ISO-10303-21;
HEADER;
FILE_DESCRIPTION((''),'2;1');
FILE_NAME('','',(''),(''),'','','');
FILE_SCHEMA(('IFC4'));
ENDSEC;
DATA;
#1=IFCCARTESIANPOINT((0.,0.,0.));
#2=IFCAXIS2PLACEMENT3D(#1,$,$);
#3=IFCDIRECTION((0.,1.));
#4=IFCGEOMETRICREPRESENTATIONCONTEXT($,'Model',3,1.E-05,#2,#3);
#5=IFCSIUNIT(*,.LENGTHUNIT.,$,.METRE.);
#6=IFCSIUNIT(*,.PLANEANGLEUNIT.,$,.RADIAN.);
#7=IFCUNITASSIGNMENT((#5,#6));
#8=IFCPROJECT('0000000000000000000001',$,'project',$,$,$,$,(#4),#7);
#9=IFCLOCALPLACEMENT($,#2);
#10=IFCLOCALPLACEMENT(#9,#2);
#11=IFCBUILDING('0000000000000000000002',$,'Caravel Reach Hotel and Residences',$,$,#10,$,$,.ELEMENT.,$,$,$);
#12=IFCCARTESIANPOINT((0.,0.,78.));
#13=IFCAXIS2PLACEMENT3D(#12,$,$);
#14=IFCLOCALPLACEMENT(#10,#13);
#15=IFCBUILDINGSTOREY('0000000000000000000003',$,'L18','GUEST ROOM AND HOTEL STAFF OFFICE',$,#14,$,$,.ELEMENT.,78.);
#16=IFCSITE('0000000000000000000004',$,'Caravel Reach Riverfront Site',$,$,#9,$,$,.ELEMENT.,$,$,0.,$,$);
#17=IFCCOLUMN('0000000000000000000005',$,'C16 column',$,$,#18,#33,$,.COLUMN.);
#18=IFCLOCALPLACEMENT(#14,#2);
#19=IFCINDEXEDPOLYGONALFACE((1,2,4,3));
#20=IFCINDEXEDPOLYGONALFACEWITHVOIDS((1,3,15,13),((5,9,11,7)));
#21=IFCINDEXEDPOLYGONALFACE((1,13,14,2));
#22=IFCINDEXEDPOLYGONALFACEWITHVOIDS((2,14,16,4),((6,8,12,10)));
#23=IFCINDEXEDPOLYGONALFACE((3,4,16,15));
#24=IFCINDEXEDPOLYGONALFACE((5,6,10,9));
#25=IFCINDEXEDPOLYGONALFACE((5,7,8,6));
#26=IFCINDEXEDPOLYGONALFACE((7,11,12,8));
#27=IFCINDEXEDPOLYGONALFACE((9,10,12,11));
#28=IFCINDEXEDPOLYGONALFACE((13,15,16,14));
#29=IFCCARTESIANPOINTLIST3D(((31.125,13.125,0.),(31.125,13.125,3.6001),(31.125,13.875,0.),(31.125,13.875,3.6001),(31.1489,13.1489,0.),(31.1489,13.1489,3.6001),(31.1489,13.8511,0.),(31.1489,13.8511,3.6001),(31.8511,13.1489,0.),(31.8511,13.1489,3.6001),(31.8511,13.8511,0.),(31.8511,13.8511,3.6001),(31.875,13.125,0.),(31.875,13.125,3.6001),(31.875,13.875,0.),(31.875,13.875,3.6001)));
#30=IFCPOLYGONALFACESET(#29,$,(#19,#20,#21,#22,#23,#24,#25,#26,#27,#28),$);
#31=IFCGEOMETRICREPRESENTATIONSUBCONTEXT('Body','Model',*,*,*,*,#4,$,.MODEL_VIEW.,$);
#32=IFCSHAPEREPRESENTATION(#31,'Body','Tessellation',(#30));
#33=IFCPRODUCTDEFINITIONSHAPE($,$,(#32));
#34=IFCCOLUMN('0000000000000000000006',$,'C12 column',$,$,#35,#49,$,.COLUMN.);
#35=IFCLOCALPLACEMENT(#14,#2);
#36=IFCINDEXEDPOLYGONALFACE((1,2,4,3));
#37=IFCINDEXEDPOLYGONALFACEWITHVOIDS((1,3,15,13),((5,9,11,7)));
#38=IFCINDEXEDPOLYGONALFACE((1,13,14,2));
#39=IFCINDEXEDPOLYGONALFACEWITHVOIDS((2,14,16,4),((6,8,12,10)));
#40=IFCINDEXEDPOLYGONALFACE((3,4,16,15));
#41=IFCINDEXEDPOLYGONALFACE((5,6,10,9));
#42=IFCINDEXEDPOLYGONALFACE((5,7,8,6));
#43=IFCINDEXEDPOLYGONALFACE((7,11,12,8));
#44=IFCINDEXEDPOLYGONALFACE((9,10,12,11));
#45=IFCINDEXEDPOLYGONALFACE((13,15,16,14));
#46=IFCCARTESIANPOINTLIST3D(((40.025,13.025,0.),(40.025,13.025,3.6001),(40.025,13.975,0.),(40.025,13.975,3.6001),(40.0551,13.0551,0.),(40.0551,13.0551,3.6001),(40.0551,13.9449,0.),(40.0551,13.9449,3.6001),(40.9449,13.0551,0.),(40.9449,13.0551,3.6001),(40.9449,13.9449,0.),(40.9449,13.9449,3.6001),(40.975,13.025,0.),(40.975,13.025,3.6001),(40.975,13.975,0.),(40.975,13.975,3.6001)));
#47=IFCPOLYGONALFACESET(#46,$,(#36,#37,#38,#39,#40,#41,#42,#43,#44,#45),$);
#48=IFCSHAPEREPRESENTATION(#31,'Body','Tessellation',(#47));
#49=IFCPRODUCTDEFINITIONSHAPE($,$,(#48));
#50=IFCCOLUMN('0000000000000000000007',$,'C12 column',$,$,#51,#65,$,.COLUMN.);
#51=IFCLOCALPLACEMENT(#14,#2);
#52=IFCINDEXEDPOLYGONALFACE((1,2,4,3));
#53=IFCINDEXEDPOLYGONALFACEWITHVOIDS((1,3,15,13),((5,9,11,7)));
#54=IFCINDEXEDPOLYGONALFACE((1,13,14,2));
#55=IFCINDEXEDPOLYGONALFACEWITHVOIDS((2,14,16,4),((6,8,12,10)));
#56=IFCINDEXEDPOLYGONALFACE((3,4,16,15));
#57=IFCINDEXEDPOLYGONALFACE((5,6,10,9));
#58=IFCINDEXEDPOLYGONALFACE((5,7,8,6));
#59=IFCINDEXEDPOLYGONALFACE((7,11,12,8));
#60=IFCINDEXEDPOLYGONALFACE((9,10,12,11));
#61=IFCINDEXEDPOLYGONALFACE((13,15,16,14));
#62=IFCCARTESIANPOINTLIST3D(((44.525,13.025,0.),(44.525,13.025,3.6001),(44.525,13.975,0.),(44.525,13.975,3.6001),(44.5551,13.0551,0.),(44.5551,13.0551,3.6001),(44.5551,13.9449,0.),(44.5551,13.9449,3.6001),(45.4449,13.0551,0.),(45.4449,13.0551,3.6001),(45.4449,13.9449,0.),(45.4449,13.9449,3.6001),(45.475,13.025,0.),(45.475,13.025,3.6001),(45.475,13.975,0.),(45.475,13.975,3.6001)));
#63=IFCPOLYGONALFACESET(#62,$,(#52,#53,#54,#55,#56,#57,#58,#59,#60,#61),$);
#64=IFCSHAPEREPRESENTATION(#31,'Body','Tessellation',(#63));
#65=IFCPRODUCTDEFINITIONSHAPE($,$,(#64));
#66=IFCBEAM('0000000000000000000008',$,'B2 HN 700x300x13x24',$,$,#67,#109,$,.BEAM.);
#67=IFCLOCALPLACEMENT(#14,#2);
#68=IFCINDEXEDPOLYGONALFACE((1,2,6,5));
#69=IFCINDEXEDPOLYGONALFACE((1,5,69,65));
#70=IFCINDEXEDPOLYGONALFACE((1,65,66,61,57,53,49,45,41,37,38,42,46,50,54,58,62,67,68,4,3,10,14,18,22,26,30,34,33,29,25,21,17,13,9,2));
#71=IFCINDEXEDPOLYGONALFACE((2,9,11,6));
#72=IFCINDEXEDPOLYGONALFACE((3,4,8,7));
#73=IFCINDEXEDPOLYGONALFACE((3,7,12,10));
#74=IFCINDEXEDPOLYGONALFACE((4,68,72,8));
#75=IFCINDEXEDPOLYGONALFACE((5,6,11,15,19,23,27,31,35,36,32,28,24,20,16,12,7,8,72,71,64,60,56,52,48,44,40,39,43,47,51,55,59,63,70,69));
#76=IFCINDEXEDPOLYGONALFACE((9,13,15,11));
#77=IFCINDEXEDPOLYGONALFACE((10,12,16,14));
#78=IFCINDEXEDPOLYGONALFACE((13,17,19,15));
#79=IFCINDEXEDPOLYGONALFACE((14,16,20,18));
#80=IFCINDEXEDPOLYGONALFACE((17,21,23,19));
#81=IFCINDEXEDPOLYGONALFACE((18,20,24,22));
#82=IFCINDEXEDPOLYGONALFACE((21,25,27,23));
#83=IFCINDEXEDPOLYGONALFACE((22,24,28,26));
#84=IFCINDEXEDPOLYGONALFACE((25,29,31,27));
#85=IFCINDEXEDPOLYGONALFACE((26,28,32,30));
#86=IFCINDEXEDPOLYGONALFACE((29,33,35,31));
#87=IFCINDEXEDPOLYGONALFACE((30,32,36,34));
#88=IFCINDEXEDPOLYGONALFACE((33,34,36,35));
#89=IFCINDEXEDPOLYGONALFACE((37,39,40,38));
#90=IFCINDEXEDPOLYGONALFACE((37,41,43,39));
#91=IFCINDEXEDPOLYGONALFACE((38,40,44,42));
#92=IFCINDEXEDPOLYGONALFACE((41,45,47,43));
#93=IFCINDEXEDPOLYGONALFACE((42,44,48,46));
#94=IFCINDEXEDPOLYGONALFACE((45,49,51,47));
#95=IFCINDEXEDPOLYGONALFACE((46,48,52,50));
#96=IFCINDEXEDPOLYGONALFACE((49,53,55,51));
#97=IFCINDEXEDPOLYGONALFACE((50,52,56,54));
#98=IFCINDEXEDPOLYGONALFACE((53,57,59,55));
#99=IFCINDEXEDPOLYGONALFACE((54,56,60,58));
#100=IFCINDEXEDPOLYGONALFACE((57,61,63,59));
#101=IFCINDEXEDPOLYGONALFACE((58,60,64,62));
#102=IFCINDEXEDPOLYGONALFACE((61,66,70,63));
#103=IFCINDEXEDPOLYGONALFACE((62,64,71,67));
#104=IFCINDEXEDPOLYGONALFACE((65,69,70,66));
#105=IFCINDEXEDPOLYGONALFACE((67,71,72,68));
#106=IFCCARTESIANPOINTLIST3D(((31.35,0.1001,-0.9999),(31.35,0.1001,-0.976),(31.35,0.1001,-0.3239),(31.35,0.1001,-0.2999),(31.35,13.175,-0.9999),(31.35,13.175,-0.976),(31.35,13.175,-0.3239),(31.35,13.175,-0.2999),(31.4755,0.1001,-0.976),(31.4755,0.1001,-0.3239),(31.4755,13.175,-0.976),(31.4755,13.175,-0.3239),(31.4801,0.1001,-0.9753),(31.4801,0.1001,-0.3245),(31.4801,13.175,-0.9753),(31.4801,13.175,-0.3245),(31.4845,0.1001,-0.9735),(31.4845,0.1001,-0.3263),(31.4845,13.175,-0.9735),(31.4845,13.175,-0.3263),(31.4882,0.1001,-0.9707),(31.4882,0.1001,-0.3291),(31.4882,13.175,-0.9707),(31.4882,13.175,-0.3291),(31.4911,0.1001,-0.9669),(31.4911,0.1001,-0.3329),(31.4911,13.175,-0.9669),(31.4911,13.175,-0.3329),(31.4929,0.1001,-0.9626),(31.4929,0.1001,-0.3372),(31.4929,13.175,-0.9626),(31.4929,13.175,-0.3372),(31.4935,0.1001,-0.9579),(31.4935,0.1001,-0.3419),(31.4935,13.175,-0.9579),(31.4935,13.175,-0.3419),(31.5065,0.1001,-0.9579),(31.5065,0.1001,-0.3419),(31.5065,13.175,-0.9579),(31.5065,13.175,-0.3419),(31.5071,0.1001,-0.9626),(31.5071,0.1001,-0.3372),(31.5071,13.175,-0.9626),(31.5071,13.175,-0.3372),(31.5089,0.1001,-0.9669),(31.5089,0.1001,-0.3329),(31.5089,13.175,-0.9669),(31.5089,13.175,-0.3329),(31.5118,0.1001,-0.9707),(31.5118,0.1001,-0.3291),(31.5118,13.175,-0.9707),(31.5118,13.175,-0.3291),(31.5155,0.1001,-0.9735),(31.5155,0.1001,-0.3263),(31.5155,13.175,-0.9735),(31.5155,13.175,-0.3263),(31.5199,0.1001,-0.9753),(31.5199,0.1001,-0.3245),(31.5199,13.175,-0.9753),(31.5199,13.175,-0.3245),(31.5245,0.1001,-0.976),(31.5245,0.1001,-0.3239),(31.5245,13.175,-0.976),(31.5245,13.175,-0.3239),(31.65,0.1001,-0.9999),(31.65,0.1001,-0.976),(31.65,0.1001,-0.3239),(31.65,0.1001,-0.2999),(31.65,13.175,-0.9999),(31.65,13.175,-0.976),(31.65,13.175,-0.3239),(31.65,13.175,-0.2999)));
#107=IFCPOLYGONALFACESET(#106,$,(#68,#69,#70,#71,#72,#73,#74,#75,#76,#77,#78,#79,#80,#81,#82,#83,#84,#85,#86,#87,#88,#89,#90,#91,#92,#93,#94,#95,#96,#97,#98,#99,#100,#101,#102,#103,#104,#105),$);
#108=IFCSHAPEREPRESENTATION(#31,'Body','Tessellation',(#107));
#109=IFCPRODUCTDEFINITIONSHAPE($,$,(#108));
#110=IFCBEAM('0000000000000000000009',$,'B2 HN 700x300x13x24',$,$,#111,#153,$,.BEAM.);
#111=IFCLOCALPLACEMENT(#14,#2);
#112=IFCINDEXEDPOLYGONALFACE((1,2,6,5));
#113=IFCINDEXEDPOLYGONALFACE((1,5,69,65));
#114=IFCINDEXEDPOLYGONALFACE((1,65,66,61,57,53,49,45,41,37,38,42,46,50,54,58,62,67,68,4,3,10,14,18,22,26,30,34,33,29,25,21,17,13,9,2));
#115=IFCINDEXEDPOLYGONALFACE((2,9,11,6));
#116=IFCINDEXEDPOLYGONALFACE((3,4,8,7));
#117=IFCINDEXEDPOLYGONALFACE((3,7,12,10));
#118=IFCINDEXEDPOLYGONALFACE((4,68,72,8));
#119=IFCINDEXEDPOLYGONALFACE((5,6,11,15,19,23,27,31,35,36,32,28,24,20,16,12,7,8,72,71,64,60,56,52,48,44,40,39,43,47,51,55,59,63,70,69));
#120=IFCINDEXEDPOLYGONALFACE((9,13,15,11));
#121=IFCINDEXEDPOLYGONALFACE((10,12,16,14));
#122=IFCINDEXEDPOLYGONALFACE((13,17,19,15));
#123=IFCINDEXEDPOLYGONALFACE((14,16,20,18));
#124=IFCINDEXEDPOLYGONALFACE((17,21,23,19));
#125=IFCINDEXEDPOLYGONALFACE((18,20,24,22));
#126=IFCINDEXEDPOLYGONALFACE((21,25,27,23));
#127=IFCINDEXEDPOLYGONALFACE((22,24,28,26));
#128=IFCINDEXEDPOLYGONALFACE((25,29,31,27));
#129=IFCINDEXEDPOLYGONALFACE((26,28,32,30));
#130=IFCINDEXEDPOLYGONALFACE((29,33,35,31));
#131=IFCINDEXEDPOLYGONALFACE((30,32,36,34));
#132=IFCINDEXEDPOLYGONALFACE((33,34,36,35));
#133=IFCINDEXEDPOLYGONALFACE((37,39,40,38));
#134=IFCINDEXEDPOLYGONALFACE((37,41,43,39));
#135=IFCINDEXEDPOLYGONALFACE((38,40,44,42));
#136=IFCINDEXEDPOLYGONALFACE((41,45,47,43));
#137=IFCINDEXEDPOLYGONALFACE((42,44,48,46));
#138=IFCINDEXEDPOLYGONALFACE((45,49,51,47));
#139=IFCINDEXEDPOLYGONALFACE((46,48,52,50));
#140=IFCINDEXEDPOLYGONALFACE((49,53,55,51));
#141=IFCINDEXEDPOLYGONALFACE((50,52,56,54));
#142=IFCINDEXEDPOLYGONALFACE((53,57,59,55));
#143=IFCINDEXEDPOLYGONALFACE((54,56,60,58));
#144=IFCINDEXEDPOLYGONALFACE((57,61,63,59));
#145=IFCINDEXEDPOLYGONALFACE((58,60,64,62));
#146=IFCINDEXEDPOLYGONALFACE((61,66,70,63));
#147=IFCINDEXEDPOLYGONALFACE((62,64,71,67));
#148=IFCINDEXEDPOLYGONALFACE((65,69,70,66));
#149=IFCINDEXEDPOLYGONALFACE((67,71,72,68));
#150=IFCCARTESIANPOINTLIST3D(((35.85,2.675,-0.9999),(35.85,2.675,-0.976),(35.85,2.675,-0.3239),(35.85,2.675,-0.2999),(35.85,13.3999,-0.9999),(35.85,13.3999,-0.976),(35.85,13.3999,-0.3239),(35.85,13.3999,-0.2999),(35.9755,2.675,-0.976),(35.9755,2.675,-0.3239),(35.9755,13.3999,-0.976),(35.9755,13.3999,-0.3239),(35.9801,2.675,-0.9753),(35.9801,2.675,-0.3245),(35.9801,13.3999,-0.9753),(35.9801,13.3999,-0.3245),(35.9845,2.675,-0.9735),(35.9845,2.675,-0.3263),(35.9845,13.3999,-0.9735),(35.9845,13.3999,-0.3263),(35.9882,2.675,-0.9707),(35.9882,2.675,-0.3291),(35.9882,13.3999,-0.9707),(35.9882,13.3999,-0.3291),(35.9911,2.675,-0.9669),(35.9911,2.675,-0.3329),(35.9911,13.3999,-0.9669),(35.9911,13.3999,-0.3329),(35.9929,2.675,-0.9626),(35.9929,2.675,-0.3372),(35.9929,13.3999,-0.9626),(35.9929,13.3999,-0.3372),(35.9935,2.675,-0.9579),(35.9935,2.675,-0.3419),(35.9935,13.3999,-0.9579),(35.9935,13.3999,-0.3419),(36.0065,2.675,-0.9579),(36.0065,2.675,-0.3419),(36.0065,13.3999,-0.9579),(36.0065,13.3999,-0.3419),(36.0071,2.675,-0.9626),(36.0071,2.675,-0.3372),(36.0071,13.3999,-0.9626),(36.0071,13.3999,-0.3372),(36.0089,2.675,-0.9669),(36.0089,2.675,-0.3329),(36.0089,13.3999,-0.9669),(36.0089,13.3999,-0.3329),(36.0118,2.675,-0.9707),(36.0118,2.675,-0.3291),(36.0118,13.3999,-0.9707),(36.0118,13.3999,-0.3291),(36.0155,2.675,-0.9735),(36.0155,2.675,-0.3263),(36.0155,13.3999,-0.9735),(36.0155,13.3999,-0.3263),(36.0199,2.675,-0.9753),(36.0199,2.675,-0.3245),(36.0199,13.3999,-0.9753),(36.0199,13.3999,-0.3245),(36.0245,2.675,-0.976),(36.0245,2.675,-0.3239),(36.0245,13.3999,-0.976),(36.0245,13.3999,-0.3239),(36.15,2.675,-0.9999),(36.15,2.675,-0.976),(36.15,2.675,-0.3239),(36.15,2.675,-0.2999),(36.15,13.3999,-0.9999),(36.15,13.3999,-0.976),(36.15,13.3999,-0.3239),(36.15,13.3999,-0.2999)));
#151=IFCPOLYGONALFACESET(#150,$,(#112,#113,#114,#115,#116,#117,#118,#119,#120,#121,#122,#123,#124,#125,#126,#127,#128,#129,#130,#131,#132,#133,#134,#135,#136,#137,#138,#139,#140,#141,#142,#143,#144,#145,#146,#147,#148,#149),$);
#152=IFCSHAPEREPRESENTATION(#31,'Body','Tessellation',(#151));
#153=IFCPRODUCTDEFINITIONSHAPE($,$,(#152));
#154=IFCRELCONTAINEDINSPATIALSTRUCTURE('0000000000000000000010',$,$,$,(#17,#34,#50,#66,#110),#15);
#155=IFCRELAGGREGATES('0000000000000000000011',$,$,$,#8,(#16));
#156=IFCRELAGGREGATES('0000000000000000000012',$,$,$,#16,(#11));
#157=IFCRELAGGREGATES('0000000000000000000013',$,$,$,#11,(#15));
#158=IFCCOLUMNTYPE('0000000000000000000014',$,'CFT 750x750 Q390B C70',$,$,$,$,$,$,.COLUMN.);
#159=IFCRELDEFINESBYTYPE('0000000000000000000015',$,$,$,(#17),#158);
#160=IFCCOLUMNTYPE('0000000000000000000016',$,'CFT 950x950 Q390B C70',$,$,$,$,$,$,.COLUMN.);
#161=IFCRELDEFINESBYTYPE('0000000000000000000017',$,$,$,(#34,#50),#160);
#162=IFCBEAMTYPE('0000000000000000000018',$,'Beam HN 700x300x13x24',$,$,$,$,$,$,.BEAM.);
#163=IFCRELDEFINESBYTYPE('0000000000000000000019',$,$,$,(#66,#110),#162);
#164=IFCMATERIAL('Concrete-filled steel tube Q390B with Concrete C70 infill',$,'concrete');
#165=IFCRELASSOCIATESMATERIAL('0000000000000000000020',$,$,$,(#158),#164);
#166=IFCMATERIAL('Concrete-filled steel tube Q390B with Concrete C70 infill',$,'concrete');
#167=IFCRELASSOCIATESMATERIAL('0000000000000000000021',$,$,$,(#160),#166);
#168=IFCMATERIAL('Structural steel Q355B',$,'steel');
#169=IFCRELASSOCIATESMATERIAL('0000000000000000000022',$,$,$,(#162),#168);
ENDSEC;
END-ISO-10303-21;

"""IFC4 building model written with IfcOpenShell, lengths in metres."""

from ifc_helpers import new_model, si_unit, direction, frame, origin, origin_2d, place, context, subcontext, project, spatial, hollow_rectangle, i_section, extrude, material, material_profile, profile_set, type_object, element, save


model = new_model("IFC4")

# Units and contexts
model_context = context("Model", 3, precision=1e-05, world=origin(), true_north=direction((0.0, 1.0)))
body_context = subcontext(model_context, "Body", "Model", "MODEL_VIEW")
ifc_project = project(units=[si_unit("LENGTHUNIT", "METRE"), si_unit("PLANEANGLEUNIT", "RADIAN")], contexts=[model_context])

# Site, building, storey
site_placement = place(None, origin())
site = spatial("IfcSite", under=ifc_project, at=site_placement, Name="Caravel Reach Riverfront Site", CompositionType="ELEMENT", RefElevation=0.0)
building_placement = place(site_placement, origin())
building = spatial("IfcBuilding", under=site, at=building_placement, Name="Caravel Reach Hotel and Residences", CompositionType="ELEMENT")
storey_placement = place(building_placement, frame((0.0, 0.0, 78.0)))
storey = spatial("IfcBuildingStorey", under=building, at=storey_placement, Name="L18", Description="GUEST ROOM AND HOTEL STAFF OFFICE", CompositionType="ELEMENT", Elevation=78.0)

# Columns
ifc_material_1 = material(Name="Concrete-filled steel tube Q390B with Concrete C70 infill", Category="concrete")
ifc_material_profile_1 = material_profile(ifc_material_1, hollow_rectangle(XDim=0.75, YDim=0.75, WallThickness=0.0239, at=origin_2d()), Name="RHS 750x750x24")
ifc_profile_set_1 = profile_set([ifc_material_profile_1], Name="Concrete-filled steel tube Q390B with Concrete C70 infill")
column_type_1 = type_object("IfcColumnType", Name="CFT 750x750 Q390B C70", PredefinedType="COLUMN", material=ifc_profile_set_1)
column_placement = place(storey_placement, frame((31.5, 13.5, 0.0), z_axis=(0.0, 0.0, 1.0), x_axis=(1.0, 0.0, 0.0)))
element("IfcColumn", 1, at=column_placement, inside=storey, type_object=column_type_1, Name="C16 column", PredefinedType="COLUMN", context=body_context, shape_type="SweptSolid", body=[
    extrude(hollow_rectangle(XDim=0.75, YDim=0.75, WallThickness=0.0239, at=origin_2d()), origin(), (0.0, 0.0, 1.0), 3.6001),
])
ifc_material_2 = material(Name="Concrete-filled steel tube Q390B with Concrete C70 infill", Category="concrete")
ifc_material_profile_2 = material_profile(ifc_material_2, hollow_rectangle(XDim=0.95, YDim=0.95, WallThickness=0.03, at=origin_2d()), Name="RHS 950x950x30")
ifc_profile_set_2 = profile_set([ifc_material_profile_2], Name="Concrete-filled steel tube Q390B with Concrete C70 infill")
column_type_2 = type_object("IfcColumnType", Name="CFT 950x950 Q390B C70", PredefinedType="COLUMN", material=ifc_profile_set_2)
for number, where, z_axis, x_axis, name in (
    (2, (40.5, 13.5, 0.0), (0.0, 0.0, 1.0), (1.0, 0.0, 0.0), "C12 column"),
    (3, (45.0, 13.5, 0.0), (0.0, 0.0, 1.0), (1.0, 0.0, 0.0), "C12 column"),
):
    element("IfcColumn", number, at=place(storey_placement, frame(where, z_axis=z_axis, x_axis=x_axis)), inside=storey, type_object=column_type_2, Name=name, PredefinedType="COLUMN", context=body_context, shape_type="SweptSolid", body=[
        extrude(hollow_rectangle(XDim=0.95, YDim=0.95, WallThickness=0.03, at=origin_2d()), origin(), (0.0, 0.0, 1.0), 3.6001),
    ])

# Beams
ifc_material_3 = material(Name="Structural steel Q355B", Category="steel")
ifc_material_profile_3 = material_profile(ifc_material_3, i_section(OverallWidth=0.3, OverallDepth=0.7, WebThickness=0.0129, FlangeThickness=0.0239, FilletRadius=0.0181, at=origin_2d()), Name="HN 700x300x13x24")
ifc_profile_set_3 = profile_set([ifc_material_profile_3], Name="Structural steel Q355B")
beam_type_1 = type_object("IfcBeamType", Name="Beam HN 700x300x13x24", PredefinedType="BEAM", material=ifc_profile_set_3)
beam_1_placement = place(storey_placement, frame((31.5, 13.175, -0.6499), z_axis=(0.0, -1.0, 0.0), x_axis=(1.0, 0.0, 0.0)))
element("IfcBeam", 4, at=beam_1_placement, inside=storey, type_object=beam_type_1, Name="B2 HN 700x300x13x24", PredefinedType="BEAM", context=body_context, shape_type="SweptSolid", body=[
    extrude(i_section(OverallWidth=0.3, OverallDepth=0.7, WebThickness=0.0129, FlangeThickness=0.0239, FilletRadius=0.0181, at=origin_2d()), origin(), (0.0, 0.0, 1.0), 13.075),
])
beam_2_placement = place(storey_placement, frame((36.0, 13.3999, -0.6499), z_axis=(0.0, -1.0, 0.0), x_axis=(1.0, 0.0, 0.0)))
element("IfcBeam", 5, at=beam_2_placement, inside=storey, type_object=beam_type_1, Name="B2 HN 700x300x13x24", PredefinedType="BEAM", context=body_context, shape_type="SweptSolid", body=[
    extrude(i_section(OverallWidth=0.3, OverallDepth=0.7, WebThickness=0.0129, FlangeThickness=0.0239, FilletRadius=0.0181, at=origin_2d()), origin(), (0.0, 0.0, 1.0), 10.7249),
])

save(model, "model.ifc")
